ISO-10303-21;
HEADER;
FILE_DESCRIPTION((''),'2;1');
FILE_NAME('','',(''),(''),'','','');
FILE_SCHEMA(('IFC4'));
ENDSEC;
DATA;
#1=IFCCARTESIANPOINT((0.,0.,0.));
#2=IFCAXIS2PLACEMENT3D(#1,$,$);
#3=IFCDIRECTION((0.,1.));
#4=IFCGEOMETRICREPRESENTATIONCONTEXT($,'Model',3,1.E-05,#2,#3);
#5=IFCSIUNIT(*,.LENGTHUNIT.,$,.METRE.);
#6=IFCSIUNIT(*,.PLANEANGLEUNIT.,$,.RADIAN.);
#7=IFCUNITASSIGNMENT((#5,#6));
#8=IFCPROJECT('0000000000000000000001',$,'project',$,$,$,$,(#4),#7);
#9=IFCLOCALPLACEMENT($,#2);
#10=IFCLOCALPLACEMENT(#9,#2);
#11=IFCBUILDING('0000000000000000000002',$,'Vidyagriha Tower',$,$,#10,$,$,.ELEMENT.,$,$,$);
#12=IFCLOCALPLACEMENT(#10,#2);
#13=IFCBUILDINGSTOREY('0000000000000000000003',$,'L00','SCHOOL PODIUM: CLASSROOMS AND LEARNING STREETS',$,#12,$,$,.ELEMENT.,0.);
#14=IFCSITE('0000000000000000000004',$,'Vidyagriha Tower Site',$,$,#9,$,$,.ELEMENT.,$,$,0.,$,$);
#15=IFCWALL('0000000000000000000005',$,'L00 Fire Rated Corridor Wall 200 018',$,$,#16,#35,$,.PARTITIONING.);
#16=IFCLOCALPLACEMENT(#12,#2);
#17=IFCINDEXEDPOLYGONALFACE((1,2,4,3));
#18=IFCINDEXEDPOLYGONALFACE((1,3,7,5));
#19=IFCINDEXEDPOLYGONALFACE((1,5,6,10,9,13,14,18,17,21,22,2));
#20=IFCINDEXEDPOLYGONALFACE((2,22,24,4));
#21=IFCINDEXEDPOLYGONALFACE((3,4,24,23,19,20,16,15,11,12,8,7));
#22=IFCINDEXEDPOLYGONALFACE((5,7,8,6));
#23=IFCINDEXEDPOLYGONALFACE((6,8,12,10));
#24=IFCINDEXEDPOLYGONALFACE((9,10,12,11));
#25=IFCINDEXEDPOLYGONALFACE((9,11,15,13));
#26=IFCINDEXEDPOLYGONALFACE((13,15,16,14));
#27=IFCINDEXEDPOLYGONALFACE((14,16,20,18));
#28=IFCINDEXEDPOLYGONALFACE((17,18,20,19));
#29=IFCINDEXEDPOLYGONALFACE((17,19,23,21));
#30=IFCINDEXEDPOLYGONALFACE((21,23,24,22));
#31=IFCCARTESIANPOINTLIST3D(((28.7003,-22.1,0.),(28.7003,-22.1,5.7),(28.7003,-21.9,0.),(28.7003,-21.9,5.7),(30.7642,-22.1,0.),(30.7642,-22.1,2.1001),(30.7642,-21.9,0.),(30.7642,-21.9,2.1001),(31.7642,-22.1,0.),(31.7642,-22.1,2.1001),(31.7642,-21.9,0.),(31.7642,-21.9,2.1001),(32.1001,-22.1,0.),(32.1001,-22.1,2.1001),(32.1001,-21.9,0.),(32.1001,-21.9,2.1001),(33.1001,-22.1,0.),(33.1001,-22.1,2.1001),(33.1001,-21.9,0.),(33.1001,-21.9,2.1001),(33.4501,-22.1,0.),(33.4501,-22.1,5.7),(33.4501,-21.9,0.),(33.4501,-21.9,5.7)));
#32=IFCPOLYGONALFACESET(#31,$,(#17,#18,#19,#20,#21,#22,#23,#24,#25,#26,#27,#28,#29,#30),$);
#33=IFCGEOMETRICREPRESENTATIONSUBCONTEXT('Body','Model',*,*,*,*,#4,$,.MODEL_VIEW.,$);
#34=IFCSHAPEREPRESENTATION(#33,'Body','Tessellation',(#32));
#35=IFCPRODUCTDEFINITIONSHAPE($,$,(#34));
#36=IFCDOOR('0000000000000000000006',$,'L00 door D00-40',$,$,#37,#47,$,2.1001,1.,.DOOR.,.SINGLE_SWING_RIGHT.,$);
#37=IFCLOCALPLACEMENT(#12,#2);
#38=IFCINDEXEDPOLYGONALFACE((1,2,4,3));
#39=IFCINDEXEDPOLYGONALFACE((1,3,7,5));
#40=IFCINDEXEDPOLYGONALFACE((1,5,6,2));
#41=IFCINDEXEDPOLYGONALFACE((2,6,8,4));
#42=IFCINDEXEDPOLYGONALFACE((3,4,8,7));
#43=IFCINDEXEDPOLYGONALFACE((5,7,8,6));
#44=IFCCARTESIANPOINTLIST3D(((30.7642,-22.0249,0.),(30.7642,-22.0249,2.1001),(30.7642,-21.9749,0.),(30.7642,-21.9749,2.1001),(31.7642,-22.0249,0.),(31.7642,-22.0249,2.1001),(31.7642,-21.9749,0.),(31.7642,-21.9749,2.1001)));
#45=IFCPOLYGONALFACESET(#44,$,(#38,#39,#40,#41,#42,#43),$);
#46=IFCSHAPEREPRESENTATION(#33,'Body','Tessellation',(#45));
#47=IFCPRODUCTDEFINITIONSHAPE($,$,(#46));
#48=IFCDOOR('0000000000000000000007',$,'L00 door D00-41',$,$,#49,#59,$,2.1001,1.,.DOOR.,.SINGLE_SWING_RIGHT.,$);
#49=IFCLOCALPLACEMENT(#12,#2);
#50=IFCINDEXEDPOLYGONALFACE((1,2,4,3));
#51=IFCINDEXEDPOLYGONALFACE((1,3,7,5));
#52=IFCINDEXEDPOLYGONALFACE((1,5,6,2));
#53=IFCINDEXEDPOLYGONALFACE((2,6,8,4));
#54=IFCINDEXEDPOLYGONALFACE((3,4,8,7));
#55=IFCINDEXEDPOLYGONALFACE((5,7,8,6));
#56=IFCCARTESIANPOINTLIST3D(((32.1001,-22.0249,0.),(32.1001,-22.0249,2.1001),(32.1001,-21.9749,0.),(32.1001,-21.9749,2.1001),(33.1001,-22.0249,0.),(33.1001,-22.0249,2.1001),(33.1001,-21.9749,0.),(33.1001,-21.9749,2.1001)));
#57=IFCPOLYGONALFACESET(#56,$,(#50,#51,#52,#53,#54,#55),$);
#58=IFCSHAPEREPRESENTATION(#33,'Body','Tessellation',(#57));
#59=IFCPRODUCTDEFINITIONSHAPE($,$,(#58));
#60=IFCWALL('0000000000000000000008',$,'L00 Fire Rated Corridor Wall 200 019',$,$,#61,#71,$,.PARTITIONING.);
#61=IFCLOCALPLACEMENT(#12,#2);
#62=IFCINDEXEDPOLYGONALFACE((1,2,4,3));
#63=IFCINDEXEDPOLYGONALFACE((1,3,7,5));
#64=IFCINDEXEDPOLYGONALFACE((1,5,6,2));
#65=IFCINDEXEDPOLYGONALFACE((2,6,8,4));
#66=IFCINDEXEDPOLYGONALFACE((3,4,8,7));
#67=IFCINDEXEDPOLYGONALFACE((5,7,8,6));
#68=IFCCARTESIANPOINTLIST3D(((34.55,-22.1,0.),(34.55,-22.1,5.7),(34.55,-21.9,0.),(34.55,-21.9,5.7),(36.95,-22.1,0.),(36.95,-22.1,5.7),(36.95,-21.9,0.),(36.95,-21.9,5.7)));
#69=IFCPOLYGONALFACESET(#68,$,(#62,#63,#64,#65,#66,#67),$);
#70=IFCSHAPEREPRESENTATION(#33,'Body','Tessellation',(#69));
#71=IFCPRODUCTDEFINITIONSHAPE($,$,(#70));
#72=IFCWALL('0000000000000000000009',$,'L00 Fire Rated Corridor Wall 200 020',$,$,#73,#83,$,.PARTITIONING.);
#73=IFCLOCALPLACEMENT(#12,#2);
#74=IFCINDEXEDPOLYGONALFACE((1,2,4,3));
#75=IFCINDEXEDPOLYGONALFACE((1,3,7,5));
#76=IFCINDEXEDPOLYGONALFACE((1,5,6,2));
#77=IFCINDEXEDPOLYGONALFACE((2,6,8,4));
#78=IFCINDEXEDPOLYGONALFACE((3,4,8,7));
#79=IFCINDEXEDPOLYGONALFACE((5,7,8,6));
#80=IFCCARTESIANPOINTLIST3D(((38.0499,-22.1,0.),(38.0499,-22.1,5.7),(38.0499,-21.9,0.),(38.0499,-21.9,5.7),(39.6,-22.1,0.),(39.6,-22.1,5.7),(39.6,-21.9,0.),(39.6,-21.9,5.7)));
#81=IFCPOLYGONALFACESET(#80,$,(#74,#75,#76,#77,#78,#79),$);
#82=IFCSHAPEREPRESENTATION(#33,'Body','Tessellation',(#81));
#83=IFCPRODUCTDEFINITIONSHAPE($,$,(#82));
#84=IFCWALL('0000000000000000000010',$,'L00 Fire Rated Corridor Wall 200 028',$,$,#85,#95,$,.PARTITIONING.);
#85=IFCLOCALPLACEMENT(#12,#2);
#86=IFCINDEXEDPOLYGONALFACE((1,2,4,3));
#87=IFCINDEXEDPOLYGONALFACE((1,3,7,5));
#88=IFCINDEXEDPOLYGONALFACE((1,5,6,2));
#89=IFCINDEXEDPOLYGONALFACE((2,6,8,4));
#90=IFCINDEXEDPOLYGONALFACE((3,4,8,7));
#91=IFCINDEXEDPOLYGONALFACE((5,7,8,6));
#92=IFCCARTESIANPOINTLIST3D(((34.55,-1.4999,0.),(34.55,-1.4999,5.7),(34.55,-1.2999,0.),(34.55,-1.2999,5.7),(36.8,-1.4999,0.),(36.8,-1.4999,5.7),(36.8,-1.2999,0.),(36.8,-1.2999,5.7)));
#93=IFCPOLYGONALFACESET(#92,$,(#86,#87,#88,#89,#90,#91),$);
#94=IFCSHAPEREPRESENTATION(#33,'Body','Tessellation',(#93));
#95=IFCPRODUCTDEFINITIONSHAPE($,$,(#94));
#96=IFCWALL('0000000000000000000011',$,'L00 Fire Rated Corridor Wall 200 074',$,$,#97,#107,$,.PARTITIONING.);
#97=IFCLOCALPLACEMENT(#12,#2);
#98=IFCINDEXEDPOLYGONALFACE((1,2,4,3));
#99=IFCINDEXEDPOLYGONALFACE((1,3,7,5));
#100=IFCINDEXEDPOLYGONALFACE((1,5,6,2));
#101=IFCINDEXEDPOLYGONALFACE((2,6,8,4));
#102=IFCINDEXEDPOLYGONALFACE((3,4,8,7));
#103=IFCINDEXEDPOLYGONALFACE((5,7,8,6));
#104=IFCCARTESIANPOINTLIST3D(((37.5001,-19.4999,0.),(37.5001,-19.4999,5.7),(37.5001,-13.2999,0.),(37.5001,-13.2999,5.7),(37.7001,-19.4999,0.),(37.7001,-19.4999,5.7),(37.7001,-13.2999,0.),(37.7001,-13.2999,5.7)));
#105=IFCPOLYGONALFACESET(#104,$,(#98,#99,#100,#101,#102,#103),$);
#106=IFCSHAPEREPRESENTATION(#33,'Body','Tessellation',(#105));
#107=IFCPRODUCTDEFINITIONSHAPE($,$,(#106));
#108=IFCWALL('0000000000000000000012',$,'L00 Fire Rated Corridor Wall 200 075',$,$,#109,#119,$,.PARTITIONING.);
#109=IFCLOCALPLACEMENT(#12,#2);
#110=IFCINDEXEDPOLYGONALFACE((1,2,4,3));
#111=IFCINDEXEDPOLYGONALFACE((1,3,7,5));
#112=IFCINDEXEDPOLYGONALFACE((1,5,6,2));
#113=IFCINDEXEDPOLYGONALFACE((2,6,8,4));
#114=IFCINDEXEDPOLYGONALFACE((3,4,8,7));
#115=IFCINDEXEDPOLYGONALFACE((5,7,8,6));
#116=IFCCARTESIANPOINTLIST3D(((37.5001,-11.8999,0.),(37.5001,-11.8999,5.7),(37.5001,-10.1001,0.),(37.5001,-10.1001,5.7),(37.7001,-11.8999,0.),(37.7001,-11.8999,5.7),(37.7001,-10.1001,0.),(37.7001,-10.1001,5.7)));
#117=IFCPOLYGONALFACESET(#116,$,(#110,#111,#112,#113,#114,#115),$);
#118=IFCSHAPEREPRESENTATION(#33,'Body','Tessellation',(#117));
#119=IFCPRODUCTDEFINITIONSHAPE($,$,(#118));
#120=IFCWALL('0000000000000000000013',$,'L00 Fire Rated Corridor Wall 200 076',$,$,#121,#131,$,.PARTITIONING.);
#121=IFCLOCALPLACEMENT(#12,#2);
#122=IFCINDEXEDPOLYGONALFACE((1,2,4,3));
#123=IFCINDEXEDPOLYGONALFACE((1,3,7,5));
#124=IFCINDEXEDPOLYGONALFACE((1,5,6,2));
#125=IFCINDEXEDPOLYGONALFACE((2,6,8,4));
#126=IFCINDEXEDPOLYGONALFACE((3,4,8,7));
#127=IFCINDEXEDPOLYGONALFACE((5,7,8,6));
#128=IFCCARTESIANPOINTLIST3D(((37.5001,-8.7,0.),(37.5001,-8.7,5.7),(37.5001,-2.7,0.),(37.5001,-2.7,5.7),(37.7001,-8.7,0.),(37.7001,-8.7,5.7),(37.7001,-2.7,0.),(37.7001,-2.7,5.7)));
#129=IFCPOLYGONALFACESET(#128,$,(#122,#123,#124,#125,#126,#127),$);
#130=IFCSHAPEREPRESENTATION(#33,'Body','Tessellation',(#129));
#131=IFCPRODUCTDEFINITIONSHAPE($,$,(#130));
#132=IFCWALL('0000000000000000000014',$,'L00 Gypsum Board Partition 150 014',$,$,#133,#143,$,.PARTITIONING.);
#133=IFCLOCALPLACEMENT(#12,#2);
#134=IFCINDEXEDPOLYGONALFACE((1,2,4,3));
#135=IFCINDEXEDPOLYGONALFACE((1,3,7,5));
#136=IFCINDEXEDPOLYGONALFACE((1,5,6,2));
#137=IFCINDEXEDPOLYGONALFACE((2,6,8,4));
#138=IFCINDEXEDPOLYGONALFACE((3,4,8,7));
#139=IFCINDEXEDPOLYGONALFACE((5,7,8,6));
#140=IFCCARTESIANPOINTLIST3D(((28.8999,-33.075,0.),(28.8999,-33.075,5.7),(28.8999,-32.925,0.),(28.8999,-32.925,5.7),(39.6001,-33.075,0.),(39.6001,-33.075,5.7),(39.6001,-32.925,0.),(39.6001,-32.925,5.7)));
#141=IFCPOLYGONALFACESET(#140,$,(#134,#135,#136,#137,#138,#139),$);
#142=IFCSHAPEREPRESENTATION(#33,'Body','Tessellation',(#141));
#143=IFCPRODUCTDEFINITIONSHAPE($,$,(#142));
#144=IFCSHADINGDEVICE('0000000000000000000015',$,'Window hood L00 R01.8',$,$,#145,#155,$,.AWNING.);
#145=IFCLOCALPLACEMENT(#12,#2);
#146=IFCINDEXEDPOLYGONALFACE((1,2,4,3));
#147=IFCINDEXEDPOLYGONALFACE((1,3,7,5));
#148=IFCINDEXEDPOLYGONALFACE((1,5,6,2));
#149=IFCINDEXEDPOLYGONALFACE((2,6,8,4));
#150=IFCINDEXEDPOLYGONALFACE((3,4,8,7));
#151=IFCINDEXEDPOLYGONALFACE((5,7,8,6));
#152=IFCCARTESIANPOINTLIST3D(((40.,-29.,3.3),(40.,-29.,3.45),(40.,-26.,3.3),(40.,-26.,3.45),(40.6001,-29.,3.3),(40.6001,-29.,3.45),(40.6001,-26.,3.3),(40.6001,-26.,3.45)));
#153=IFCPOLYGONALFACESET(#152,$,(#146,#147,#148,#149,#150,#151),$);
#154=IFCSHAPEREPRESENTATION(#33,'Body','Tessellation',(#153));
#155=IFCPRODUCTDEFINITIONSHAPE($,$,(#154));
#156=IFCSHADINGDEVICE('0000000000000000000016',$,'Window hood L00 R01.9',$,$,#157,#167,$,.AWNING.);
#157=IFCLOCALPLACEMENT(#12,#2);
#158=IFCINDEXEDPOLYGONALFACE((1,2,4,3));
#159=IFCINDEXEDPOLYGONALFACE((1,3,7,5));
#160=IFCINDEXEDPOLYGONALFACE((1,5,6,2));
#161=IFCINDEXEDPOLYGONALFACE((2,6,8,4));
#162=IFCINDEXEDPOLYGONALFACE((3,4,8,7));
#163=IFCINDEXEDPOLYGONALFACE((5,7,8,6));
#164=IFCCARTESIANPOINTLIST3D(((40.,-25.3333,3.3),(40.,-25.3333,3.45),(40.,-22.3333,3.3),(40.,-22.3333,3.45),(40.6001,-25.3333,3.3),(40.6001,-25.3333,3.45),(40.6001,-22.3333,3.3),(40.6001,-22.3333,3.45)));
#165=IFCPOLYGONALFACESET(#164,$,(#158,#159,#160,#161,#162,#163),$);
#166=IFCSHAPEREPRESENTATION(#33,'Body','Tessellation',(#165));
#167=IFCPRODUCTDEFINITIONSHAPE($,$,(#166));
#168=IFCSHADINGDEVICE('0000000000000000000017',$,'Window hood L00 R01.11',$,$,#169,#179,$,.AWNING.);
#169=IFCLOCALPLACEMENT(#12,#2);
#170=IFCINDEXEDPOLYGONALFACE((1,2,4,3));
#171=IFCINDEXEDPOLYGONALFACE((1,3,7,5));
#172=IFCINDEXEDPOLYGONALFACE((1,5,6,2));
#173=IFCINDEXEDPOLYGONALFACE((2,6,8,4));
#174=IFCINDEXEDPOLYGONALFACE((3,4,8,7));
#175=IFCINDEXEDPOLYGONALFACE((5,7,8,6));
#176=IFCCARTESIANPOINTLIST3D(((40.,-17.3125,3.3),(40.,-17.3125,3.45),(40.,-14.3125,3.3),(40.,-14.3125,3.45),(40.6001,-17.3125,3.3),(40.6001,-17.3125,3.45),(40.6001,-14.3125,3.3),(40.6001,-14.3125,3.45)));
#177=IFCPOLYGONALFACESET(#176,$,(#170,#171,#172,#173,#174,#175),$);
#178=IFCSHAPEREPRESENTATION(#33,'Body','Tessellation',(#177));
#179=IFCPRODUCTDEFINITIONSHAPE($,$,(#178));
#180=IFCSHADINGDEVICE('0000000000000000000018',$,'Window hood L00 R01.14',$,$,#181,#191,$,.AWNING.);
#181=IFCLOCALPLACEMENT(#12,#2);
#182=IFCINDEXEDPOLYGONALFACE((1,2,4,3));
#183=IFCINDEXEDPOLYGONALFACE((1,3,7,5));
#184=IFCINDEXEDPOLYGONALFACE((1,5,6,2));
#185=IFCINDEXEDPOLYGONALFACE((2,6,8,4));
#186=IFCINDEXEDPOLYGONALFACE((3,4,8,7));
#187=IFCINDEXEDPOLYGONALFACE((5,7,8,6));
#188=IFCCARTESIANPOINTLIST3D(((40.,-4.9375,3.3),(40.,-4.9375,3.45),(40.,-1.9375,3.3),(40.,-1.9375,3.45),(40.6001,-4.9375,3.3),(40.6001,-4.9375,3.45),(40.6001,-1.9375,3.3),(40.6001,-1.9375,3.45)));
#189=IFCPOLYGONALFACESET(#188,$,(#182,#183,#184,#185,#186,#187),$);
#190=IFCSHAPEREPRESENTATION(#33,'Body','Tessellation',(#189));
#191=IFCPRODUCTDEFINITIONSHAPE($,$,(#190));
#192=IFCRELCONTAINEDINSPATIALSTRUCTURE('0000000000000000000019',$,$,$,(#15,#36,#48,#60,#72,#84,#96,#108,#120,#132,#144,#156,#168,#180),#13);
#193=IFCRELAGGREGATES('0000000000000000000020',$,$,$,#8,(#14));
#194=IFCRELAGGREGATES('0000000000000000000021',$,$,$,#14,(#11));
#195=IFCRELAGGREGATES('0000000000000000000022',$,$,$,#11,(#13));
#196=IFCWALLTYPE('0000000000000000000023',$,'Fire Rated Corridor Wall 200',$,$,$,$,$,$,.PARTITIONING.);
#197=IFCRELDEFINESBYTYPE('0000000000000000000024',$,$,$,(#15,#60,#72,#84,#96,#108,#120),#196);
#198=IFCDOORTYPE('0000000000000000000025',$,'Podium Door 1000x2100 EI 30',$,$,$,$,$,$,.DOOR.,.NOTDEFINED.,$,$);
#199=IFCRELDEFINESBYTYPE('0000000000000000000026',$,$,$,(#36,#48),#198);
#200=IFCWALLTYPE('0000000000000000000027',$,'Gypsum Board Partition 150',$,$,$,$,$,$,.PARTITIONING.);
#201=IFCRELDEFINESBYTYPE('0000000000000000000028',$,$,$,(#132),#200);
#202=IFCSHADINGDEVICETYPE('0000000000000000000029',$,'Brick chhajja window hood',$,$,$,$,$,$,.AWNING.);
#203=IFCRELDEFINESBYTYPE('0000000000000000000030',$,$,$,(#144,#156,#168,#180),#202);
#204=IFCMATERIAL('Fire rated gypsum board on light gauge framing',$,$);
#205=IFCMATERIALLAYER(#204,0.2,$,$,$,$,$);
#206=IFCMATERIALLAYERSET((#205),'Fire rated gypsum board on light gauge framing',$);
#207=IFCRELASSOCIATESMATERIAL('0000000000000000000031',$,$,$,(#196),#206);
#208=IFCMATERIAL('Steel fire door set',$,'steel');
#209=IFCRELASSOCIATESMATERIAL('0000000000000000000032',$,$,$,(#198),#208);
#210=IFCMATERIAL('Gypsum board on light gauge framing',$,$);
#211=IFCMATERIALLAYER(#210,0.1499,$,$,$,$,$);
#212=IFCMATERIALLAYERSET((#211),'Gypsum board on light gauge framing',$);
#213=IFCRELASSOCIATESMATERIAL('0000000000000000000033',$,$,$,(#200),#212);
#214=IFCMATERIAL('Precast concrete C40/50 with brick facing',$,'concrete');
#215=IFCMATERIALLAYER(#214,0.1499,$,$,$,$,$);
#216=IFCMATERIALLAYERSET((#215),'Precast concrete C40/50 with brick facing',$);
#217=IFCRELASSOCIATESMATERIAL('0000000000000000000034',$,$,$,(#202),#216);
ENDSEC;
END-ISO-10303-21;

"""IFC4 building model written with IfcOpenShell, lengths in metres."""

from ifc_helpers import new_model, si_unit, direction, frame, frame_2d, origin, origin_2d, place, context, subcontext, project, spatial, rectangle, extrude, material, layer, layer_set, type_object, element, fill, save


model = new_model("IFC4")

# Units and contexts
model_context = context("Model", 3, precision=1e-05, world=origin(), true_north=direction((0.0, 1.0)))
body_context = subcontext(model_context, "Body", "Model", "MODEL_VIEW")
ifc_project = project(units=[si_unit("LENGTHUNIT", "METRE"), si_unit("PLANEANGLEUNIT", "RADIAN")], contexts=[model_context])

# Site, building, storey
site_placement = place(None, origin())
site = spatial("IfcSite", under=ifc_project, at=site_placement, Name="Vidyagriha Tower Site", CompositionType="ELEMENT", RefElevation=0.0)
building_placement = place(site_placement, origin())
building = spatial("IfcBuilding", under=site, at=building_placement, Name="Vidyagriha Tower", CompositionType="ELEMENT")
storey_placement = place(building_placement, origin())
storey = spatial("IfcBuildingStorey", under=building, at=storey_placement, Name="L00", Description="SCHOOL PODIUM: CLASSROOMS AND LEARNING STREETS", CompositionType="ELEMENT", Elevation=0.0)

# Wall, openings, doors
ifc_material_1 = material(Name="Fire rated gypsum board on light gauge framing")
ifc_layer_1 = layer(ifc_material_1, 0.2)
ifc_layer_set_1 = layer_set([ifc_layer_1], Name="Fire rated gypsum board on light gauge framing")
wall_type_1 = type_object("IfcWallType", Name="Fire Rated Corridor Wall 200", PredefinedType="PARTITIONING", material=ifc_layer_set_1)
wall_1_placement = place(storey_placement, frame((28.7002, -22.0, 0.0)))
wall_1 = element("IfcWall", 1, at=wall_1_placement, inside=storey, type_object=wall_type_1, Name="L00 Fire Rated Corridor Wall 200 018", PredefinedType="PARTITIONING", context=body_context, shape_type="SweptSolid", body=[
    extrude(rectangle(XDim=4.7498, YDim=0.2, at=frame_2d((2.375, 0.0))), origin(), (0.0, 0.0, 1.0), 5.7),
])
opening_1_placement = place(wall_1_placement, frame((2.064, 0.0, 0.0)))
opening_1 = element("IfcOpeningElement", 2, at=opening_1_placement, cuts=wall_1, PredefinedType="OPENING", context=body_context, shape_type="SweptSolid", body=[
    extrude(rectangle(XDim=1.0, YDim=2.1001, at=frame_2d((0.5, 1.05))), frame((0.0, 0.1099, 0.0), z_axis=(0.0, -1.0, 0.0), x_axis=(1.0, 0.0, 0.0)), (0.0, 0.0, 1.0), 0.22),
])
opening_2_placement = place(wall_1_placement, frame((3.3999, 0.0, 0.0)))
opening_2 = element("IfcOpeningElement", 3, at=opening_2_placement, cuts=wall_1, PredefinedType="OPENING", context=body_context, shape_type="SweptSolid", body=[
    extrude(rectangle(XDim=1.0, YDim=2.1001, at=frame_2d((0.5, 1.05))), frame((0.0, 0.1099, 0.0), z_axis=(0.0, -1.0, 0.0), x_axis=(1.0, 0.0, 0.0)), (0.0, 0.0, 1.0), 0.22),
])
ifc_material_2 = material(Name="Steel fire door set", Category="steel")
door_type = type_object("IfcDoorType", Name="Podium Door 1000x2100 EI 30", OperationType="NOTDEFINED", PredefinedType="DOOR", material=ifc_material_2)
door_1_placement = place(opening_1_placement, frame((1.0, 0.0, 0.0), z_axis=(0.0, 0.0, 1.0), x_axis=(-1.0, 0.0, 0.0)))
door_1 = element("IfcDoor", 4, at=door_1_placement, inside=storey, type_object=door_type, Name="L00 door D00-40", OperationType="SINGLE_SWING_RIGHT", OverallHeight=2.1001, OverallWidth=1.0, PredefinedType="DOOR", context=body_context, shape_type="SweptSolid", body=[
    extrude(rectangle(XDim=1.0, YDim=2.1001, at=frame_2d((0.5, 1.05))), frame((0.0, 0.0249, 0.0), z_axis=(0.0, -1.0, 0.0), x_axis=(1.0, 0.0, 0.0)), (0.0, 0.0, 1.0), 0.05),
])
fill(opening_1, door_1)
door_2_placement = place(opening_2_placement, frame((1.0, 0.0, 0.0), z_axis=(0.0, 0.0, 1.0), x_axis=(-1.0, 0.0, 0.0)))
door_2 = element("IfcDoor", 5, at=door_2_placement, inside=storey, type_object=door_type, Name="L00 door D00-41", OperationType="SINGLE_SWING_RIGHT", OverallHeight=2.1001, OverallWidth=1.0, PredefinedType="DOOR", context=body_context, shape_type="SweptSolid", body=[
    extrude(rectangle(XDim=1.0, YDim=2.1001, at=frame_2d((0.5, 1.05))), frame((0.0, 0.0249, 0.0), z_axis=(0.0, -1.0, 0.0), x_axis=(1.0, 0.0, 0.0)), (0.0, 0.0, 1.0), 0.05),
])
fill(opening_2, door_2)

# Walls
wall_2_placement = place(storey_placement, frame((34.55, -22.0, 0.0)))
element("IfcWall", 6, at=wall_2_placement, inside=storey, type_object=wall_type_1, Name="L00 Fire Rated Corridor Wall 200 019", PredefinedType="PARTITIONING", context=body_context, shape_type="SweptSolid", body=[
    extrude(rectangle(XDim=2.3999, YDim=0.2, at=frame_2d((1.2, 0.0))), origin(), (0.0, 0.0, 1.0), 5.7),
])
wall_3_placement = place(storey_placement, frame((38.05, -22.0, 0.0)))
element("IfcWall", 7, at=wall_3_placement, inside=storey, type_object=wall_type_1, Name="L00 Fire Rated Corridor Wall 200 020", PredefinedType="PARTITIONING", context=body_context, shape_type="SweptSolid", body=[
    extrude(rectangle(XDim=1.55, YDim=0.2, at=frame_2d((0.7749, 0.0))), origin(), (0.0, 0.0, 1.0), 5.7),
])
wall_4_placement = place(storey_placement, frame((34.55, -1.3999, 0.0)))
element("IfcWall", 8, at=wall_4_placement, inside=storey, type_object=wall_type_1, Name="L00 Fire Rated Corridor Wall 200 028", PredefinedType="PARTITIONING", context=body_context, shape_type="SweptSolid", body=[
    extrude(rectangle(XDim=2.25, YDim=0.2, at=frame_2d((1.125, 0.0))), origin(), (0.0, 0.0, 1.0), 5.7),
])
wall_5_placement = place(storey_placement, frame((37.6001, -19.5, 0.0), z_axis=(0.0, 0.0, 1.0), x_axis=(0.0, 1.0, 0.0)))
element("IfcWall", 9, at=wall_5_placement, inside=storey, type_object=wall_type_1, Name="L00 Fire Rated Corridor Wall 200 074", PredefinedType="PARTITIONING", context=body_context, shape_type="SweptSolid", body=[
    extrude(rectangle(XDim=6.2, YDim=0.2, at=frame_2d((3.1001, 0.0))), origin(), (0.0, 0.0, 1.0), 5.7),
])
wall_6_placement = place(storey_placement, frame((37.6001, -11.8999, 0.0), z_axis=(0.0, 0.0, 1.0), x_axis=(0.0, 1.0, 0.0)))
element("IfcWall", 10, at=wall_6_placement, inside=storey, type_object=wall_type_1, Name="L00 Fire Rated Corridor Wall 200 075", PredefinedType="PARTITIONING", context=body_context, shape_type="SweptSolid", body=[
    extrude(rectangle(XDim=1.7998, YDim=0.2, at=frame_2d((0.8999, 0.0))), origin(), (0.0, 0.0, 1.0), 5.7),
])
wall_7_placement = place(storey_placement, frame((37.6001, -8.7, 0.0), z_axis=(0.0, 0.0, 1.0), x_axis=(0.0, 1.0, 0.0)))
element("IfcWall", 11, at=wall_7_placement, inside=storey, type_object=wall_type_1, Name="L00 Fire Rated Corridor Wall 200 076", PredefinedType="PARTITIONING", context=body_context, shape_type="SweptSolid", body=[
    extrude(rectangle(XDim=6.0, YDim=0.2, at=frame_2d((3.0, 0.0))), origin(), (0.0, 0.0, 1.0), 5.7),
])
ifc_material_3 = material(Name="Gypsum board on light gauge framing")
ifc_layer_2 = layer(ifc_material_3, 0.1499)
ifc_layer_set_2 = layer_set([ifc_layer_2], Name="Gypsum board on light gauge framing")
wall_type_2 = type_object("IfcWallType", Name="Gypsum Board Partition 150", PredefinedType="PARTITIONING", material=ifc_layer_set_2)
wall_8_placement = place(storey_placement, frame((28.8999, -33.0, 0.0)))
element("IfcWall", 12, at=wall_8_placement, inside=storey, type_object=wall_type_2, Name="L00 Gypsum Board Partition 150 014", PredefinedType="PARTITIONING", context=body_context, shape_type="SweptSolid", body=[
    extrude(rectangle(XDim=10.7002, YDim=0.1499, at=frame_2d((5.3501, 0.0))), origin(), (0.0, 0.0, 1.0), 5.7),
])

# Shading devices
ifc_material_4 = material(Name="Precast concrete C40/50 with brick facing", Category="concrete")
ifc_layer_3 = layer(ifc_material_4, 0.1499)
ifc_layer_set_3 = layer_set([ifc_layer_3], Name="Precast concrete C40/50 with brick facing")
shading_device_type_1 = type_object("IfcShadingDeviceType", Name="Brick chhajja window hood", PredefinedType="AWNING", material=ifc_layer_set_3)
for number, where, z_axis, x_axis, name in (
    (13, (40.3, -27.5, 3.3), (0.0, 0.0, 1.0), (0.0, 1.0, 0.0), "Window hood L00 R01.8"),
    (14, (40.3, -23.8333, 3.3), (0.0, 0.0, 1.0), (0.0, 1.0, 0.0), "Window hood L00 R01.9"),
    (15, (40.3, -15.8125, 3.3), (0.0, 0.0, 1.0), (0.0, 1.0, 0.0), "Window hood L00 R01.11"),
    (16, (40.3, -3.4375, 3.3), (0.0, 0.0, 1.0), (0.0, 1.0, 0.0), "Window hood L00 R01.14"),
):
    element("IfcShadingDevice", number, at=place(storey_placement, frame(where, z_axis=z_axis, x_axis=x_axis)), inside=storey, type_object=shading_device_type_1, Name=name, PredefinedType="AWNING", context=body_context, shape_type="SweptSolid", body=[
        extrude(rectangle(XDim=3.0, YDim=0.6001, at=origin_2d()), origin(), (0.0, 0.0, 1.0), 0.1499),
    ])

save(model, "model.ifc")
